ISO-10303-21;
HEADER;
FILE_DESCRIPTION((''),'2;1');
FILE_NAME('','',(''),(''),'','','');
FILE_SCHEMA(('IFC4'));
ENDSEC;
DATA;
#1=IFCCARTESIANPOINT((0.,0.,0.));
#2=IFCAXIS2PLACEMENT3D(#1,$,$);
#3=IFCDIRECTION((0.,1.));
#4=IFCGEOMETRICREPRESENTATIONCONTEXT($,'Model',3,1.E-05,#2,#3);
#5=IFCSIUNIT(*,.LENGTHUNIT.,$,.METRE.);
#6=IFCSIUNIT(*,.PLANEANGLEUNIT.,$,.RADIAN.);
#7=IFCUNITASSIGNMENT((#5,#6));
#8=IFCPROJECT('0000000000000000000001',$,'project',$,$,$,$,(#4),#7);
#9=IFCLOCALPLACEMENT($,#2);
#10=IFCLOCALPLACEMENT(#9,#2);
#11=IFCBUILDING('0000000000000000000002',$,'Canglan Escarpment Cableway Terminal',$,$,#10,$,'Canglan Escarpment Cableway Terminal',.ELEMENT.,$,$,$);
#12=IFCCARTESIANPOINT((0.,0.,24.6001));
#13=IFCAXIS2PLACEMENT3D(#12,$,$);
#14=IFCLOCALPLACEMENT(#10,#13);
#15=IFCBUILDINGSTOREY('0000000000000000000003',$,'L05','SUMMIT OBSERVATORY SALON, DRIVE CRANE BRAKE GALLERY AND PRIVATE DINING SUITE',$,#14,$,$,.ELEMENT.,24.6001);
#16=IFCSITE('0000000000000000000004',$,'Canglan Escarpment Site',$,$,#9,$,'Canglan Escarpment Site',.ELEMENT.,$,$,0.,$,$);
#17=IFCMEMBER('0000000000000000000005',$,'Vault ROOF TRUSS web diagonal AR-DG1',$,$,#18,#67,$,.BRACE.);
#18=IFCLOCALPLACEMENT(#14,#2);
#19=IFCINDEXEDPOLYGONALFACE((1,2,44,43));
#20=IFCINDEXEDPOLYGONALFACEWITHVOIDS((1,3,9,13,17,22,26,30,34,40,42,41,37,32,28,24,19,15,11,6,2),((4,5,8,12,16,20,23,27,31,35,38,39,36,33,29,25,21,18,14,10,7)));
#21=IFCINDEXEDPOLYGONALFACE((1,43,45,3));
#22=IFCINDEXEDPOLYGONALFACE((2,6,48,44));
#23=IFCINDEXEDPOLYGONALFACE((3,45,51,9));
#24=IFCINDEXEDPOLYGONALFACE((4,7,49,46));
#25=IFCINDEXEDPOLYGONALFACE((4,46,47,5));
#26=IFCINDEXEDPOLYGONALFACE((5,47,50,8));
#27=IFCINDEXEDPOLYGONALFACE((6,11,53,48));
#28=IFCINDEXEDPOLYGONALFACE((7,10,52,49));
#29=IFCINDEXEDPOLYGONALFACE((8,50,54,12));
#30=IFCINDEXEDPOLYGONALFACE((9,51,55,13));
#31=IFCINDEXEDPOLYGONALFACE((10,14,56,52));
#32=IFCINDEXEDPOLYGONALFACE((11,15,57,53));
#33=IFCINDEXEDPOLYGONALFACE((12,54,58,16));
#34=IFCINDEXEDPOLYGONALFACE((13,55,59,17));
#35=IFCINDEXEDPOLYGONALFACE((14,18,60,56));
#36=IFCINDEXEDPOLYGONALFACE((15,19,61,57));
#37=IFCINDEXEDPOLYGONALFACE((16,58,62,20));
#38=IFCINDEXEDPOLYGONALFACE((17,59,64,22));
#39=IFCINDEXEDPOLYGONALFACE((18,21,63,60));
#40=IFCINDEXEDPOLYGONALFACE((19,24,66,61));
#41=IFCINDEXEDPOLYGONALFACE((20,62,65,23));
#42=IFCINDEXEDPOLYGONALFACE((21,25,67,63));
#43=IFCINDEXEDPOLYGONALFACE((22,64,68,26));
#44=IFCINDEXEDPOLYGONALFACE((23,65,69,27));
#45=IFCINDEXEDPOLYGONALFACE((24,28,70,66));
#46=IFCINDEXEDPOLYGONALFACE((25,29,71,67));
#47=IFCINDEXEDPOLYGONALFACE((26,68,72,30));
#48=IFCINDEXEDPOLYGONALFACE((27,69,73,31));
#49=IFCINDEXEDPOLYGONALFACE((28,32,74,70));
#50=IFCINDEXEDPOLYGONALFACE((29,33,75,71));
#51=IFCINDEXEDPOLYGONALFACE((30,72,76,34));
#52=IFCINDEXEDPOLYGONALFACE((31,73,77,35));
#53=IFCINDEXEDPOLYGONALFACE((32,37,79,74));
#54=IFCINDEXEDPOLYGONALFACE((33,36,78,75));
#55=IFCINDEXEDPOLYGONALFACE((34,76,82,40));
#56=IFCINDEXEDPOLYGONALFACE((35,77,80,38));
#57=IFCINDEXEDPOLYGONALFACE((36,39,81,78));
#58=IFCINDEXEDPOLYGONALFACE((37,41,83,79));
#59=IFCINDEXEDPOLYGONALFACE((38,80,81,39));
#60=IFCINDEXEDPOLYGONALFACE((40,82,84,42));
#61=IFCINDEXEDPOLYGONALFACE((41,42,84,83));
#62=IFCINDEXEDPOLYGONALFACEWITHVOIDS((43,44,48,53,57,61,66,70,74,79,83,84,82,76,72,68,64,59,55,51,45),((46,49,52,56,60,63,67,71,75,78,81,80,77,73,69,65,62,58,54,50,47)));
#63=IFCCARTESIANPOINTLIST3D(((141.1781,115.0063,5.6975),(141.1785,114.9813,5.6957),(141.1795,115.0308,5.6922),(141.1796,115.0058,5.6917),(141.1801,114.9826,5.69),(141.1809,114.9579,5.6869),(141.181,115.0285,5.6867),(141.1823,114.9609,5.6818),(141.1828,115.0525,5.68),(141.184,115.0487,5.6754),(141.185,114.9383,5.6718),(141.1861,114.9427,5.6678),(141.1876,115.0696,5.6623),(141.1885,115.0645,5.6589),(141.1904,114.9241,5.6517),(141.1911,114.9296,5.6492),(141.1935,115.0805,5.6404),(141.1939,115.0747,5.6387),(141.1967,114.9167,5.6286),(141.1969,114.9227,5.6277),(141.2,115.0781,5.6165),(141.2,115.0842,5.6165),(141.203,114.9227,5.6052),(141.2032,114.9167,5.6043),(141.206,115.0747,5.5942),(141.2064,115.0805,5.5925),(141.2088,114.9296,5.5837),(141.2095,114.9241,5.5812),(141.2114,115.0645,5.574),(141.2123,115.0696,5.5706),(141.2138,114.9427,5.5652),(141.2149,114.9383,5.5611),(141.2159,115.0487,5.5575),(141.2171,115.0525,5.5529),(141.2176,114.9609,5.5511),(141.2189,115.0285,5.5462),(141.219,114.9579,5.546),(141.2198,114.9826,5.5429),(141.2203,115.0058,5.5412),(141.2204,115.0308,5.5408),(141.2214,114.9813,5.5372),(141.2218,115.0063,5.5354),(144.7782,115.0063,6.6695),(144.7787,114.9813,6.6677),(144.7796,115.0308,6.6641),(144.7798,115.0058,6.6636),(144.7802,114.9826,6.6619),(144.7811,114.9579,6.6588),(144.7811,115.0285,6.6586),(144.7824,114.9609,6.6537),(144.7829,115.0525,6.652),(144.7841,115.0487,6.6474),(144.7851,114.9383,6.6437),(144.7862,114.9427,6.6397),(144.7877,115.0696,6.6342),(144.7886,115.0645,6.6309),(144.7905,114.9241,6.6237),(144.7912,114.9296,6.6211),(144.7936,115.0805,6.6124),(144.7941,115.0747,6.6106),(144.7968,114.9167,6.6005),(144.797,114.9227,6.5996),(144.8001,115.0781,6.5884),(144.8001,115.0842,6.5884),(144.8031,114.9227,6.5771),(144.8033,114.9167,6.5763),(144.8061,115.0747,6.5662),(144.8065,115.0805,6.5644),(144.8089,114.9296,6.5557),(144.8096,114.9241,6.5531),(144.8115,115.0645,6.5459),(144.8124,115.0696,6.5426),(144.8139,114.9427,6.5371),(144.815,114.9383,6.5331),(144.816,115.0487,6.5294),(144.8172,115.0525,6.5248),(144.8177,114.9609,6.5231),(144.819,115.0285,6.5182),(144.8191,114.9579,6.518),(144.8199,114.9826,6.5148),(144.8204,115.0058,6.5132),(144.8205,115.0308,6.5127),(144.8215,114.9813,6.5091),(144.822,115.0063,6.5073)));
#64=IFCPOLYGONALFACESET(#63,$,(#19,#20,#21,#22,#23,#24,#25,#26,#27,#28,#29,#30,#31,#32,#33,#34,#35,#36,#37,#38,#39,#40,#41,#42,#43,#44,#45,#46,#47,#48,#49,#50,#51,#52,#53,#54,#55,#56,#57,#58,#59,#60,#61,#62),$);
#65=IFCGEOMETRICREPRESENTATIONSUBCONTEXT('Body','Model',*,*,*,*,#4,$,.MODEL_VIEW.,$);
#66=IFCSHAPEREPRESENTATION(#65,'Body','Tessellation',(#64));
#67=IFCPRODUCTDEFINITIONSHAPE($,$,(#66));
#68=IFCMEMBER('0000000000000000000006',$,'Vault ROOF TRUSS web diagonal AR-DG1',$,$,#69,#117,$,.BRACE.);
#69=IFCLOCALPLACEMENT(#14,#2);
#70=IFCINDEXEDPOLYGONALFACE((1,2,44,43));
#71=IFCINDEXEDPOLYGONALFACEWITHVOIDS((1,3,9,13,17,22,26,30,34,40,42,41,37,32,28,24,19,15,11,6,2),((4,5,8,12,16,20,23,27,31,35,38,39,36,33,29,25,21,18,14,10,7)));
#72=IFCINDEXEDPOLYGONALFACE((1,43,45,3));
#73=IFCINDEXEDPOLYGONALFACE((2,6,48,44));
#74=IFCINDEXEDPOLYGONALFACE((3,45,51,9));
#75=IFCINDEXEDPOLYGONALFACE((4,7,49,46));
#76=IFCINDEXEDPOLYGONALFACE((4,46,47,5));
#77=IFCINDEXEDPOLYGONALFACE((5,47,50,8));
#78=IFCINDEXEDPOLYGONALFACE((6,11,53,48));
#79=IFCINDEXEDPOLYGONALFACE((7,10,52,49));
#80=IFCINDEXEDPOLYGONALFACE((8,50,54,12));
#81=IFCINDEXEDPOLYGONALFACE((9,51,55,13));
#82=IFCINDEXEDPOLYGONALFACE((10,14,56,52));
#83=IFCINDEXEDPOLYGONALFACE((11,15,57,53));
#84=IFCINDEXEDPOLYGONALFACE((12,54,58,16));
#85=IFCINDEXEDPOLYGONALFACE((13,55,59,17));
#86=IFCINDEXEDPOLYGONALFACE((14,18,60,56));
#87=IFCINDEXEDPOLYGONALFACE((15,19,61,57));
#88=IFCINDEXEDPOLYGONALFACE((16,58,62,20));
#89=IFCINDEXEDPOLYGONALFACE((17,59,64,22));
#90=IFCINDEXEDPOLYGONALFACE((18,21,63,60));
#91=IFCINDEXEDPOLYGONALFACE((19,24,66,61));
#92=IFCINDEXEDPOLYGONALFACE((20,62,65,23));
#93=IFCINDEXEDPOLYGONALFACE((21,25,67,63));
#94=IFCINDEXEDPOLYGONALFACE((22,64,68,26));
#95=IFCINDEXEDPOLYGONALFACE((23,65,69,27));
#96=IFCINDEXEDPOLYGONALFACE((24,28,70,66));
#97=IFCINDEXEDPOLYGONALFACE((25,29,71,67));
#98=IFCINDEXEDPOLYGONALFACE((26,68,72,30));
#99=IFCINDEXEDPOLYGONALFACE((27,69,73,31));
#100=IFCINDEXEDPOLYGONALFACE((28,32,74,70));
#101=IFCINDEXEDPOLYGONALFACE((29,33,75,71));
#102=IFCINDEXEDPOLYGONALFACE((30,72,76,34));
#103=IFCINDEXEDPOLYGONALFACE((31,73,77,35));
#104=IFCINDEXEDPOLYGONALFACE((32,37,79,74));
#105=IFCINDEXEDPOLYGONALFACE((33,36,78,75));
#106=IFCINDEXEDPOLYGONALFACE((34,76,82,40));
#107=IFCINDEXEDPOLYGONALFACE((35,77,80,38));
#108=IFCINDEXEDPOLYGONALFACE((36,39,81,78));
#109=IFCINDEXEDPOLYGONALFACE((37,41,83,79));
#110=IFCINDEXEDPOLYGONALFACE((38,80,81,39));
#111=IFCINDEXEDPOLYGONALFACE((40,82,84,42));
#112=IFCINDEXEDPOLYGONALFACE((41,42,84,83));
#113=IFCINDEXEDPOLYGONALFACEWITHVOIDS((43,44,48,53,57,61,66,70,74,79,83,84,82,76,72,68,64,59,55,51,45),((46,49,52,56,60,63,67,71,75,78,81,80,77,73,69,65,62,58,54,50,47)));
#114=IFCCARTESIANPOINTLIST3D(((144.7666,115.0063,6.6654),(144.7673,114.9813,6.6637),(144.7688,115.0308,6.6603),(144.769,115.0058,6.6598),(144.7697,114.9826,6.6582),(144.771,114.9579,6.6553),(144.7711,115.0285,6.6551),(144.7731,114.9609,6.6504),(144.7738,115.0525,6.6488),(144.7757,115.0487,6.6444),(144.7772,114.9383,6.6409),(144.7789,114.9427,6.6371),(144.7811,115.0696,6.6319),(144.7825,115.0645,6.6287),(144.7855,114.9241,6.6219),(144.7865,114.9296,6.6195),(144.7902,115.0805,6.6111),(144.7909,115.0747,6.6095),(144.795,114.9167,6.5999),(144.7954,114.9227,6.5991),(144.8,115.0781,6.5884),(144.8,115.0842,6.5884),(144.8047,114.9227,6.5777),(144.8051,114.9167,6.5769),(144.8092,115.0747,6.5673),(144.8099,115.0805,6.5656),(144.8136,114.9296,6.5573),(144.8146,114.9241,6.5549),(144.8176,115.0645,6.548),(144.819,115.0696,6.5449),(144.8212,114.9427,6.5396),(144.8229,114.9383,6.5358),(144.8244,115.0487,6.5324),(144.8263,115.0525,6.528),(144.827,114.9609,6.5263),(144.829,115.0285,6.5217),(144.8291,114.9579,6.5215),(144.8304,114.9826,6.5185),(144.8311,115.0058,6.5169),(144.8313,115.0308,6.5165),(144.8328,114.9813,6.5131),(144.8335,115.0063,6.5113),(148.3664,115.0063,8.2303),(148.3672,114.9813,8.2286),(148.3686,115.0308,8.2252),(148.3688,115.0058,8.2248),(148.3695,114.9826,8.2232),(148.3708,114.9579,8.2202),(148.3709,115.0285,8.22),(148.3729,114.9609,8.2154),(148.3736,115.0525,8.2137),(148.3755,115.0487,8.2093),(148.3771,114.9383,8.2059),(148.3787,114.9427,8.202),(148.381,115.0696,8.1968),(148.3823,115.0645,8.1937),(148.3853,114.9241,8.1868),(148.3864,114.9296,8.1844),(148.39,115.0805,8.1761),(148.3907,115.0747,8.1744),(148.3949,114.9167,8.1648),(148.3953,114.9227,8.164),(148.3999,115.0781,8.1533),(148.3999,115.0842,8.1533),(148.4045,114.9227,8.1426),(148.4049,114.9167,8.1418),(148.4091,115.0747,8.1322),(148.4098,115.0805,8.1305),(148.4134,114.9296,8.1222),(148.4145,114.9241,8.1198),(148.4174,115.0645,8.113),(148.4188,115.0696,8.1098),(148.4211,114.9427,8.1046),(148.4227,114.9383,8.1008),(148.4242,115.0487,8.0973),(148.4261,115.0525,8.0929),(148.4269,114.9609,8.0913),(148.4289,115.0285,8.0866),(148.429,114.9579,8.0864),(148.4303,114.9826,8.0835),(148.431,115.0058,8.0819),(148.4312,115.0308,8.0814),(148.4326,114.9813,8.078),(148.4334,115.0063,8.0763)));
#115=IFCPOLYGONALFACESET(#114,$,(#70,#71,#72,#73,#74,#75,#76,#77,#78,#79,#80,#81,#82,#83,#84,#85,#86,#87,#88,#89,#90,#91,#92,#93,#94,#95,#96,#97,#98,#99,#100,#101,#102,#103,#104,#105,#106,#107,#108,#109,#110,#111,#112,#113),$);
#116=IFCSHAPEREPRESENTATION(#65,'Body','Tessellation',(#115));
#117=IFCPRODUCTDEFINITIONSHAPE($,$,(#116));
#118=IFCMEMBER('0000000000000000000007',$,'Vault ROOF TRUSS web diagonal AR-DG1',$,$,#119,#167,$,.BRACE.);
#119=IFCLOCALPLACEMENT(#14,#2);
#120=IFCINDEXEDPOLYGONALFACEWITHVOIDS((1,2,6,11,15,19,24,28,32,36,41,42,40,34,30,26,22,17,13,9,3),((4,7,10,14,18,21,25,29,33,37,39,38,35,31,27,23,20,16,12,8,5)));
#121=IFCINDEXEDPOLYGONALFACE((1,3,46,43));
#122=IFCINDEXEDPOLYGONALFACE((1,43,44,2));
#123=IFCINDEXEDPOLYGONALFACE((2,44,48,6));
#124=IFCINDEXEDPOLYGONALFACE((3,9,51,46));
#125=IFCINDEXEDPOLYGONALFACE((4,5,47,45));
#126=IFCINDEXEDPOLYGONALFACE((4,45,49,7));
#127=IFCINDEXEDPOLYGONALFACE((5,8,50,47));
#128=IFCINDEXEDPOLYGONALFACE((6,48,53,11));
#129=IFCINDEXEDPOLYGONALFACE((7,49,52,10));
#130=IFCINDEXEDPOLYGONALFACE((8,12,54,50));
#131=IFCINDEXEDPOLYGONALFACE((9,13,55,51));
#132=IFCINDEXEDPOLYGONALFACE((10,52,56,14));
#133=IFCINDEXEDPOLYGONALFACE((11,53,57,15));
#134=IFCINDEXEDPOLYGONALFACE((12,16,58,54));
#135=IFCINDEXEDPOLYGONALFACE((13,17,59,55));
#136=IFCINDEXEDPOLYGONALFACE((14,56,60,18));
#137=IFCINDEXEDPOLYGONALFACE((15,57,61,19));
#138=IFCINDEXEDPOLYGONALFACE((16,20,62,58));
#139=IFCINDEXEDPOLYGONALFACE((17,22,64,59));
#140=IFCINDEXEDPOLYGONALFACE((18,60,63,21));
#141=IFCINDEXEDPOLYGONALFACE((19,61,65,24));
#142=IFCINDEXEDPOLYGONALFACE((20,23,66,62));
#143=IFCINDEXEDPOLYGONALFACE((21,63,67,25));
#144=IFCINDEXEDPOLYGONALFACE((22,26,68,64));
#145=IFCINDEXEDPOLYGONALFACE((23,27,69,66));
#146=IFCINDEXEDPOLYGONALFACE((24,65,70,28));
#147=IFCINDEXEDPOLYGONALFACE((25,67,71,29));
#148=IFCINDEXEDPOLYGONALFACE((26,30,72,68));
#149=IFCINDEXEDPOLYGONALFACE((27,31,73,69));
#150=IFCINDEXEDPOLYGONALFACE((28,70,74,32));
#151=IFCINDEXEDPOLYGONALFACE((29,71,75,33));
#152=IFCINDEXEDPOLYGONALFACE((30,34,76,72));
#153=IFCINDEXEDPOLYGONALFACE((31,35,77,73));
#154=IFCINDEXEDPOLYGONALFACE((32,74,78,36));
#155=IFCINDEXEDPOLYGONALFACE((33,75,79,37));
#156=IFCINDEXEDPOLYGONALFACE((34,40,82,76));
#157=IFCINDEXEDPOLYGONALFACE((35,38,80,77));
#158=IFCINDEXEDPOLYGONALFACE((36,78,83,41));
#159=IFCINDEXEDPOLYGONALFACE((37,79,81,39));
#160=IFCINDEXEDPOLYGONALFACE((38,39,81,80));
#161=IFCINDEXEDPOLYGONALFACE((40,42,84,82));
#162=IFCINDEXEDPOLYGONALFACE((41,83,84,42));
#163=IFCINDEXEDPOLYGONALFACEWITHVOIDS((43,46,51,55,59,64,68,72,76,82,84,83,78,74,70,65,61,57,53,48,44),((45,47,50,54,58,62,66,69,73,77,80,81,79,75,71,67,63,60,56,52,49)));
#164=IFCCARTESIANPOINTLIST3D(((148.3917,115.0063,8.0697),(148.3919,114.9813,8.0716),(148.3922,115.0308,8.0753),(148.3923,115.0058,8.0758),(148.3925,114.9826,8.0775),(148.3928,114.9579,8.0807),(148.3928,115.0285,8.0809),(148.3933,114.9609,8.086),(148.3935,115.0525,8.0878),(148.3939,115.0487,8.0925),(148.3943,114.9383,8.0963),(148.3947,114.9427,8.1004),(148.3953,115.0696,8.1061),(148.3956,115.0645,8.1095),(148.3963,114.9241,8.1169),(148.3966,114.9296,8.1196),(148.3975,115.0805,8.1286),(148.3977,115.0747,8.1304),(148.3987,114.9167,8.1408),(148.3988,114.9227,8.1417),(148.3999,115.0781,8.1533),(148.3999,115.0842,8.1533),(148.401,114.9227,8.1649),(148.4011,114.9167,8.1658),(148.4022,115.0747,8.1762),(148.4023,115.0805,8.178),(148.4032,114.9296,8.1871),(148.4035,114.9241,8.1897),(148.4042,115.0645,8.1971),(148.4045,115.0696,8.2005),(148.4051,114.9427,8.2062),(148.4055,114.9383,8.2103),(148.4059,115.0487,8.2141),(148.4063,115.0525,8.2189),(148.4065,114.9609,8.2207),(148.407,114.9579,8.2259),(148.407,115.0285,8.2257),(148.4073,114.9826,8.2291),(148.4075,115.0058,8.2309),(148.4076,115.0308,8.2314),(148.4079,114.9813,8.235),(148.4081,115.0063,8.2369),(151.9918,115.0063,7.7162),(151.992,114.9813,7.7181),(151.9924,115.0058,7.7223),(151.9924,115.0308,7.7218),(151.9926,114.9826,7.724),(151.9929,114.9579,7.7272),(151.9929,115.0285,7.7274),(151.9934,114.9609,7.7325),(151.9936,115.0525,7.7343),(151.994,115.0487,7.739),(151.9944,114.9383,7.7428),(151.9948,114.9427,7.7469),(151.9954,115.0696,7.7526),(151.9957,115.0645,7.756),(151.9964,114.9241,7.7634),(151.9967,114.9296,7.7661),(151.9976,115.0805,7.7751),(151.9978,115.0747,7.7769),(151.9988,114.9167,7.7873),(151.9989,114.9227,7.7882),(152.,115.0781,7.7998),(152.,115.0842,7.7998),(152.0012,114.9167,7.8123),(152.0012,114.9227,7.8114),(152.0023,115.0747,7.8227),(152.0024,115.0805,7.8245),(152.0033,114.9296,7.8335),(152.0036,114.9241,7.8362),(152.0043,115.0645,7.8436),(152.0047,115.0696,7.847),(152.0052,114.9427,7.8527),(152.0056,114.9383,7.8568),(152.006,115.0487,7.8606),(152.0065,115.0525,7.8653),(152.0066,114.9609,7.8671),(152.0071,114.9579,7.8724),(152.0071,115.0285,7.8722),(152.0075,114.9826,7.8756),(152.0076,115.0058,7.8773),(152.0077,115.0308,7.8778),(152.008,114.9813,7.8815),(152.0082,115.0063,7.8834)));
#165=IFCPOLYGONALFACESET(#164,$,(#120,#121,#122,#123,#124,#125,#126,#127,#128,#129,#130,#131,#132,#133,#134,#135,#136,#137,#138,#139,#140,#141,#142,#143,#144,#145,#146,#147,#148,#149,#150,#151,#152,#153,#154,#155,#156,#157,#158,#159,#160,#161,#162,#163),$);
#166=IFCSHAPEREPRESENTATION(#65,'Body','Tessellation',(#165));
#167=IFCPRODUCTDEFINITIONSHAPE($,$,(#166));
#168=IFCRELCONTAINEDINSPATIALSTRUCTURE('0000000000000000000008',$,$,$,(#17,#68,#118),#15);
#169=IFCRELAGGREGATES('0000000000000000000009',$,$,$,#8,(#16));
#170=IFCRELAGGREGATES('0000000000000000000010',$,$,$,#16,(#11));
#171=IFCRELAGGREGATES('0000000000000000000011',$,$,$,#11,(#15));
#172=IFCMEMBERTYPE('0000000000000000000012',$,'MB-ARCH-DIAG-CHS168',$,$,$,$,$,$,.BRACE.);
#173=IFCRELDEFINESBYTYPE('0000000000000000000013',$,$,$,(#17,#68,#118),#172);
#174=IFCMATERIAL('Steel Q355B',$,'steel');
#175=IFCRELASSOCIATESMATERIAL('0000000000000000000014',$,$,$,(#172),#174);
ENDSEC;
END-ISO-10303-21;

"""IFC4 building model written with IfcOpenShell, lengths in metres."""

from ifc_helpers import new_model, si_unit, direction, frame, origin, origin_2d, place, context, subcontext, project, spatial, hollow_circle, extrude, material, material_profile, profile_set, type_object, element, save


model = new_model("IFC4")

# Units and contexts
model_context = context("Model", 3, precision=1e-05, world=origin(), true_north=direction((0.0, 1.0)))
body_context = subcontext(model_context, "Body", "Model", "MODEL_VIEW")
ifc_project = project(units=[si_unit("LENGTHUNIT", "METRE"), si_unit("PLANEANGLEUNIT", "RADIAN")], contexts=[model_context])

# Site, building, storey
site_placement = place(None, origin())
site = spatial("IfcSite", under=ifc_project, at=site_placement, Name="Canglan Escarpment Site", LongName="Canglan Escarpment Site", CompositionType="ELEMENT", RefElevation=0.0)
building_placement = place(site_placement, origin())
building = spatial("IfcBuilding", under=site, at=building_placement, Name="Canglan Escarpment Cableway Terminal", LongName="Canglan Escarpment Cableway Terminal", CompositionType="ELEMENT")
storey_placement = place(building_placement, frame((0.0, 0.0, 24.6001)))
storey = spatial("IfcBuildingStorey", under=building, at=storey_placement, Name="L05", Description="SUMMIT OBSERVATORY SALON, DRIVE CRANE BRAKE GALLERY AND PRIVATE DINING SUITE", CompositionType="ELEMENT", Elevation=24.6001)

# Shared definitions
ifc_material_1 = material(Name="Steel Q355B", Category="steel")

# Members
ifc_material_profile_1 = material_profile(ifc_material_1, hollow_circle(Radius=0.0842, WallThickness=0.0061, at=origin_2d()), Name="CHS 168.3x6")
ifc_profile_set_1 = profile_set([ifc_material_profile_1], Name="Steel Q355B")
member_type_1 = type_object("IfcMemberType", Name="MB-ARCH-DIAG-CHS168", PredefinedType="BRACE", material=ifc_profile_set_1)
member_1_placement = place(storey_placement, frame((141.2, 115.0, 5.6165), z_axis=(0.965436, 0.0, 0.26064), x_axis=(0.0, 1.0, 0.0)))
element("IfcMember", 1, at=member_1_placement, inside=storey, type_object=member_type_1, Name="Vault ROOF TRUSS web diagonal AR-DG1", PredefinedType="BRACE", context=body_context, shape_type="SweptSolid", body=[
    extrude(hollow_circle(Radius=0.0842, WallThickness=0.0061, at=origin_2d()), origin(), (0.0, 0.0, 1.0), 3.729),
])
member_2_placement = place(storey_placement, frame((144.8, 115.0, 6.5884), z_axis=(0.91709, 0.0, 0.398681), x_axis=(0.0, 1.0, 0.0)))
element("IfcMember", 2, at=member_2_placement, inside=storey, type_object=member_type_1, Name="Vault ROOF TRUSS web diagonal AR-DG1", PredefinedType="BRACE", context=body_context, shape_type="SweptSolid", body=[
    extrude(hollow_circle(Radius=0.0842, WallThickness=0.0061, at=origin_2d()), origin(), (0.0, 0.0, 1.0), 3.9253),
])
member_3_placement = place(storey_placement, frame((148.3999, 115.0, 8.1533), z_axis=(0.995213, 0.0, -0.097726), x_axis=(0.0, 1.0, 0.0)))
element("IfcMember", 3, at=member_3_placement, inside=storey, type_object=member_type_1, Name="Vault ROOF TRUSS web diagonal AR-DG1", PredefinedType="BRACE", context=body_context, shape_type="SweptSolid", body=[
    extrude(hollow_circle(Radius=0.0842, WallThickness=0.0061, at=origin_2d()), origin(), (0.0, 0.0, 1.0), 3.6174),
])

save(model, "model.ifc")
